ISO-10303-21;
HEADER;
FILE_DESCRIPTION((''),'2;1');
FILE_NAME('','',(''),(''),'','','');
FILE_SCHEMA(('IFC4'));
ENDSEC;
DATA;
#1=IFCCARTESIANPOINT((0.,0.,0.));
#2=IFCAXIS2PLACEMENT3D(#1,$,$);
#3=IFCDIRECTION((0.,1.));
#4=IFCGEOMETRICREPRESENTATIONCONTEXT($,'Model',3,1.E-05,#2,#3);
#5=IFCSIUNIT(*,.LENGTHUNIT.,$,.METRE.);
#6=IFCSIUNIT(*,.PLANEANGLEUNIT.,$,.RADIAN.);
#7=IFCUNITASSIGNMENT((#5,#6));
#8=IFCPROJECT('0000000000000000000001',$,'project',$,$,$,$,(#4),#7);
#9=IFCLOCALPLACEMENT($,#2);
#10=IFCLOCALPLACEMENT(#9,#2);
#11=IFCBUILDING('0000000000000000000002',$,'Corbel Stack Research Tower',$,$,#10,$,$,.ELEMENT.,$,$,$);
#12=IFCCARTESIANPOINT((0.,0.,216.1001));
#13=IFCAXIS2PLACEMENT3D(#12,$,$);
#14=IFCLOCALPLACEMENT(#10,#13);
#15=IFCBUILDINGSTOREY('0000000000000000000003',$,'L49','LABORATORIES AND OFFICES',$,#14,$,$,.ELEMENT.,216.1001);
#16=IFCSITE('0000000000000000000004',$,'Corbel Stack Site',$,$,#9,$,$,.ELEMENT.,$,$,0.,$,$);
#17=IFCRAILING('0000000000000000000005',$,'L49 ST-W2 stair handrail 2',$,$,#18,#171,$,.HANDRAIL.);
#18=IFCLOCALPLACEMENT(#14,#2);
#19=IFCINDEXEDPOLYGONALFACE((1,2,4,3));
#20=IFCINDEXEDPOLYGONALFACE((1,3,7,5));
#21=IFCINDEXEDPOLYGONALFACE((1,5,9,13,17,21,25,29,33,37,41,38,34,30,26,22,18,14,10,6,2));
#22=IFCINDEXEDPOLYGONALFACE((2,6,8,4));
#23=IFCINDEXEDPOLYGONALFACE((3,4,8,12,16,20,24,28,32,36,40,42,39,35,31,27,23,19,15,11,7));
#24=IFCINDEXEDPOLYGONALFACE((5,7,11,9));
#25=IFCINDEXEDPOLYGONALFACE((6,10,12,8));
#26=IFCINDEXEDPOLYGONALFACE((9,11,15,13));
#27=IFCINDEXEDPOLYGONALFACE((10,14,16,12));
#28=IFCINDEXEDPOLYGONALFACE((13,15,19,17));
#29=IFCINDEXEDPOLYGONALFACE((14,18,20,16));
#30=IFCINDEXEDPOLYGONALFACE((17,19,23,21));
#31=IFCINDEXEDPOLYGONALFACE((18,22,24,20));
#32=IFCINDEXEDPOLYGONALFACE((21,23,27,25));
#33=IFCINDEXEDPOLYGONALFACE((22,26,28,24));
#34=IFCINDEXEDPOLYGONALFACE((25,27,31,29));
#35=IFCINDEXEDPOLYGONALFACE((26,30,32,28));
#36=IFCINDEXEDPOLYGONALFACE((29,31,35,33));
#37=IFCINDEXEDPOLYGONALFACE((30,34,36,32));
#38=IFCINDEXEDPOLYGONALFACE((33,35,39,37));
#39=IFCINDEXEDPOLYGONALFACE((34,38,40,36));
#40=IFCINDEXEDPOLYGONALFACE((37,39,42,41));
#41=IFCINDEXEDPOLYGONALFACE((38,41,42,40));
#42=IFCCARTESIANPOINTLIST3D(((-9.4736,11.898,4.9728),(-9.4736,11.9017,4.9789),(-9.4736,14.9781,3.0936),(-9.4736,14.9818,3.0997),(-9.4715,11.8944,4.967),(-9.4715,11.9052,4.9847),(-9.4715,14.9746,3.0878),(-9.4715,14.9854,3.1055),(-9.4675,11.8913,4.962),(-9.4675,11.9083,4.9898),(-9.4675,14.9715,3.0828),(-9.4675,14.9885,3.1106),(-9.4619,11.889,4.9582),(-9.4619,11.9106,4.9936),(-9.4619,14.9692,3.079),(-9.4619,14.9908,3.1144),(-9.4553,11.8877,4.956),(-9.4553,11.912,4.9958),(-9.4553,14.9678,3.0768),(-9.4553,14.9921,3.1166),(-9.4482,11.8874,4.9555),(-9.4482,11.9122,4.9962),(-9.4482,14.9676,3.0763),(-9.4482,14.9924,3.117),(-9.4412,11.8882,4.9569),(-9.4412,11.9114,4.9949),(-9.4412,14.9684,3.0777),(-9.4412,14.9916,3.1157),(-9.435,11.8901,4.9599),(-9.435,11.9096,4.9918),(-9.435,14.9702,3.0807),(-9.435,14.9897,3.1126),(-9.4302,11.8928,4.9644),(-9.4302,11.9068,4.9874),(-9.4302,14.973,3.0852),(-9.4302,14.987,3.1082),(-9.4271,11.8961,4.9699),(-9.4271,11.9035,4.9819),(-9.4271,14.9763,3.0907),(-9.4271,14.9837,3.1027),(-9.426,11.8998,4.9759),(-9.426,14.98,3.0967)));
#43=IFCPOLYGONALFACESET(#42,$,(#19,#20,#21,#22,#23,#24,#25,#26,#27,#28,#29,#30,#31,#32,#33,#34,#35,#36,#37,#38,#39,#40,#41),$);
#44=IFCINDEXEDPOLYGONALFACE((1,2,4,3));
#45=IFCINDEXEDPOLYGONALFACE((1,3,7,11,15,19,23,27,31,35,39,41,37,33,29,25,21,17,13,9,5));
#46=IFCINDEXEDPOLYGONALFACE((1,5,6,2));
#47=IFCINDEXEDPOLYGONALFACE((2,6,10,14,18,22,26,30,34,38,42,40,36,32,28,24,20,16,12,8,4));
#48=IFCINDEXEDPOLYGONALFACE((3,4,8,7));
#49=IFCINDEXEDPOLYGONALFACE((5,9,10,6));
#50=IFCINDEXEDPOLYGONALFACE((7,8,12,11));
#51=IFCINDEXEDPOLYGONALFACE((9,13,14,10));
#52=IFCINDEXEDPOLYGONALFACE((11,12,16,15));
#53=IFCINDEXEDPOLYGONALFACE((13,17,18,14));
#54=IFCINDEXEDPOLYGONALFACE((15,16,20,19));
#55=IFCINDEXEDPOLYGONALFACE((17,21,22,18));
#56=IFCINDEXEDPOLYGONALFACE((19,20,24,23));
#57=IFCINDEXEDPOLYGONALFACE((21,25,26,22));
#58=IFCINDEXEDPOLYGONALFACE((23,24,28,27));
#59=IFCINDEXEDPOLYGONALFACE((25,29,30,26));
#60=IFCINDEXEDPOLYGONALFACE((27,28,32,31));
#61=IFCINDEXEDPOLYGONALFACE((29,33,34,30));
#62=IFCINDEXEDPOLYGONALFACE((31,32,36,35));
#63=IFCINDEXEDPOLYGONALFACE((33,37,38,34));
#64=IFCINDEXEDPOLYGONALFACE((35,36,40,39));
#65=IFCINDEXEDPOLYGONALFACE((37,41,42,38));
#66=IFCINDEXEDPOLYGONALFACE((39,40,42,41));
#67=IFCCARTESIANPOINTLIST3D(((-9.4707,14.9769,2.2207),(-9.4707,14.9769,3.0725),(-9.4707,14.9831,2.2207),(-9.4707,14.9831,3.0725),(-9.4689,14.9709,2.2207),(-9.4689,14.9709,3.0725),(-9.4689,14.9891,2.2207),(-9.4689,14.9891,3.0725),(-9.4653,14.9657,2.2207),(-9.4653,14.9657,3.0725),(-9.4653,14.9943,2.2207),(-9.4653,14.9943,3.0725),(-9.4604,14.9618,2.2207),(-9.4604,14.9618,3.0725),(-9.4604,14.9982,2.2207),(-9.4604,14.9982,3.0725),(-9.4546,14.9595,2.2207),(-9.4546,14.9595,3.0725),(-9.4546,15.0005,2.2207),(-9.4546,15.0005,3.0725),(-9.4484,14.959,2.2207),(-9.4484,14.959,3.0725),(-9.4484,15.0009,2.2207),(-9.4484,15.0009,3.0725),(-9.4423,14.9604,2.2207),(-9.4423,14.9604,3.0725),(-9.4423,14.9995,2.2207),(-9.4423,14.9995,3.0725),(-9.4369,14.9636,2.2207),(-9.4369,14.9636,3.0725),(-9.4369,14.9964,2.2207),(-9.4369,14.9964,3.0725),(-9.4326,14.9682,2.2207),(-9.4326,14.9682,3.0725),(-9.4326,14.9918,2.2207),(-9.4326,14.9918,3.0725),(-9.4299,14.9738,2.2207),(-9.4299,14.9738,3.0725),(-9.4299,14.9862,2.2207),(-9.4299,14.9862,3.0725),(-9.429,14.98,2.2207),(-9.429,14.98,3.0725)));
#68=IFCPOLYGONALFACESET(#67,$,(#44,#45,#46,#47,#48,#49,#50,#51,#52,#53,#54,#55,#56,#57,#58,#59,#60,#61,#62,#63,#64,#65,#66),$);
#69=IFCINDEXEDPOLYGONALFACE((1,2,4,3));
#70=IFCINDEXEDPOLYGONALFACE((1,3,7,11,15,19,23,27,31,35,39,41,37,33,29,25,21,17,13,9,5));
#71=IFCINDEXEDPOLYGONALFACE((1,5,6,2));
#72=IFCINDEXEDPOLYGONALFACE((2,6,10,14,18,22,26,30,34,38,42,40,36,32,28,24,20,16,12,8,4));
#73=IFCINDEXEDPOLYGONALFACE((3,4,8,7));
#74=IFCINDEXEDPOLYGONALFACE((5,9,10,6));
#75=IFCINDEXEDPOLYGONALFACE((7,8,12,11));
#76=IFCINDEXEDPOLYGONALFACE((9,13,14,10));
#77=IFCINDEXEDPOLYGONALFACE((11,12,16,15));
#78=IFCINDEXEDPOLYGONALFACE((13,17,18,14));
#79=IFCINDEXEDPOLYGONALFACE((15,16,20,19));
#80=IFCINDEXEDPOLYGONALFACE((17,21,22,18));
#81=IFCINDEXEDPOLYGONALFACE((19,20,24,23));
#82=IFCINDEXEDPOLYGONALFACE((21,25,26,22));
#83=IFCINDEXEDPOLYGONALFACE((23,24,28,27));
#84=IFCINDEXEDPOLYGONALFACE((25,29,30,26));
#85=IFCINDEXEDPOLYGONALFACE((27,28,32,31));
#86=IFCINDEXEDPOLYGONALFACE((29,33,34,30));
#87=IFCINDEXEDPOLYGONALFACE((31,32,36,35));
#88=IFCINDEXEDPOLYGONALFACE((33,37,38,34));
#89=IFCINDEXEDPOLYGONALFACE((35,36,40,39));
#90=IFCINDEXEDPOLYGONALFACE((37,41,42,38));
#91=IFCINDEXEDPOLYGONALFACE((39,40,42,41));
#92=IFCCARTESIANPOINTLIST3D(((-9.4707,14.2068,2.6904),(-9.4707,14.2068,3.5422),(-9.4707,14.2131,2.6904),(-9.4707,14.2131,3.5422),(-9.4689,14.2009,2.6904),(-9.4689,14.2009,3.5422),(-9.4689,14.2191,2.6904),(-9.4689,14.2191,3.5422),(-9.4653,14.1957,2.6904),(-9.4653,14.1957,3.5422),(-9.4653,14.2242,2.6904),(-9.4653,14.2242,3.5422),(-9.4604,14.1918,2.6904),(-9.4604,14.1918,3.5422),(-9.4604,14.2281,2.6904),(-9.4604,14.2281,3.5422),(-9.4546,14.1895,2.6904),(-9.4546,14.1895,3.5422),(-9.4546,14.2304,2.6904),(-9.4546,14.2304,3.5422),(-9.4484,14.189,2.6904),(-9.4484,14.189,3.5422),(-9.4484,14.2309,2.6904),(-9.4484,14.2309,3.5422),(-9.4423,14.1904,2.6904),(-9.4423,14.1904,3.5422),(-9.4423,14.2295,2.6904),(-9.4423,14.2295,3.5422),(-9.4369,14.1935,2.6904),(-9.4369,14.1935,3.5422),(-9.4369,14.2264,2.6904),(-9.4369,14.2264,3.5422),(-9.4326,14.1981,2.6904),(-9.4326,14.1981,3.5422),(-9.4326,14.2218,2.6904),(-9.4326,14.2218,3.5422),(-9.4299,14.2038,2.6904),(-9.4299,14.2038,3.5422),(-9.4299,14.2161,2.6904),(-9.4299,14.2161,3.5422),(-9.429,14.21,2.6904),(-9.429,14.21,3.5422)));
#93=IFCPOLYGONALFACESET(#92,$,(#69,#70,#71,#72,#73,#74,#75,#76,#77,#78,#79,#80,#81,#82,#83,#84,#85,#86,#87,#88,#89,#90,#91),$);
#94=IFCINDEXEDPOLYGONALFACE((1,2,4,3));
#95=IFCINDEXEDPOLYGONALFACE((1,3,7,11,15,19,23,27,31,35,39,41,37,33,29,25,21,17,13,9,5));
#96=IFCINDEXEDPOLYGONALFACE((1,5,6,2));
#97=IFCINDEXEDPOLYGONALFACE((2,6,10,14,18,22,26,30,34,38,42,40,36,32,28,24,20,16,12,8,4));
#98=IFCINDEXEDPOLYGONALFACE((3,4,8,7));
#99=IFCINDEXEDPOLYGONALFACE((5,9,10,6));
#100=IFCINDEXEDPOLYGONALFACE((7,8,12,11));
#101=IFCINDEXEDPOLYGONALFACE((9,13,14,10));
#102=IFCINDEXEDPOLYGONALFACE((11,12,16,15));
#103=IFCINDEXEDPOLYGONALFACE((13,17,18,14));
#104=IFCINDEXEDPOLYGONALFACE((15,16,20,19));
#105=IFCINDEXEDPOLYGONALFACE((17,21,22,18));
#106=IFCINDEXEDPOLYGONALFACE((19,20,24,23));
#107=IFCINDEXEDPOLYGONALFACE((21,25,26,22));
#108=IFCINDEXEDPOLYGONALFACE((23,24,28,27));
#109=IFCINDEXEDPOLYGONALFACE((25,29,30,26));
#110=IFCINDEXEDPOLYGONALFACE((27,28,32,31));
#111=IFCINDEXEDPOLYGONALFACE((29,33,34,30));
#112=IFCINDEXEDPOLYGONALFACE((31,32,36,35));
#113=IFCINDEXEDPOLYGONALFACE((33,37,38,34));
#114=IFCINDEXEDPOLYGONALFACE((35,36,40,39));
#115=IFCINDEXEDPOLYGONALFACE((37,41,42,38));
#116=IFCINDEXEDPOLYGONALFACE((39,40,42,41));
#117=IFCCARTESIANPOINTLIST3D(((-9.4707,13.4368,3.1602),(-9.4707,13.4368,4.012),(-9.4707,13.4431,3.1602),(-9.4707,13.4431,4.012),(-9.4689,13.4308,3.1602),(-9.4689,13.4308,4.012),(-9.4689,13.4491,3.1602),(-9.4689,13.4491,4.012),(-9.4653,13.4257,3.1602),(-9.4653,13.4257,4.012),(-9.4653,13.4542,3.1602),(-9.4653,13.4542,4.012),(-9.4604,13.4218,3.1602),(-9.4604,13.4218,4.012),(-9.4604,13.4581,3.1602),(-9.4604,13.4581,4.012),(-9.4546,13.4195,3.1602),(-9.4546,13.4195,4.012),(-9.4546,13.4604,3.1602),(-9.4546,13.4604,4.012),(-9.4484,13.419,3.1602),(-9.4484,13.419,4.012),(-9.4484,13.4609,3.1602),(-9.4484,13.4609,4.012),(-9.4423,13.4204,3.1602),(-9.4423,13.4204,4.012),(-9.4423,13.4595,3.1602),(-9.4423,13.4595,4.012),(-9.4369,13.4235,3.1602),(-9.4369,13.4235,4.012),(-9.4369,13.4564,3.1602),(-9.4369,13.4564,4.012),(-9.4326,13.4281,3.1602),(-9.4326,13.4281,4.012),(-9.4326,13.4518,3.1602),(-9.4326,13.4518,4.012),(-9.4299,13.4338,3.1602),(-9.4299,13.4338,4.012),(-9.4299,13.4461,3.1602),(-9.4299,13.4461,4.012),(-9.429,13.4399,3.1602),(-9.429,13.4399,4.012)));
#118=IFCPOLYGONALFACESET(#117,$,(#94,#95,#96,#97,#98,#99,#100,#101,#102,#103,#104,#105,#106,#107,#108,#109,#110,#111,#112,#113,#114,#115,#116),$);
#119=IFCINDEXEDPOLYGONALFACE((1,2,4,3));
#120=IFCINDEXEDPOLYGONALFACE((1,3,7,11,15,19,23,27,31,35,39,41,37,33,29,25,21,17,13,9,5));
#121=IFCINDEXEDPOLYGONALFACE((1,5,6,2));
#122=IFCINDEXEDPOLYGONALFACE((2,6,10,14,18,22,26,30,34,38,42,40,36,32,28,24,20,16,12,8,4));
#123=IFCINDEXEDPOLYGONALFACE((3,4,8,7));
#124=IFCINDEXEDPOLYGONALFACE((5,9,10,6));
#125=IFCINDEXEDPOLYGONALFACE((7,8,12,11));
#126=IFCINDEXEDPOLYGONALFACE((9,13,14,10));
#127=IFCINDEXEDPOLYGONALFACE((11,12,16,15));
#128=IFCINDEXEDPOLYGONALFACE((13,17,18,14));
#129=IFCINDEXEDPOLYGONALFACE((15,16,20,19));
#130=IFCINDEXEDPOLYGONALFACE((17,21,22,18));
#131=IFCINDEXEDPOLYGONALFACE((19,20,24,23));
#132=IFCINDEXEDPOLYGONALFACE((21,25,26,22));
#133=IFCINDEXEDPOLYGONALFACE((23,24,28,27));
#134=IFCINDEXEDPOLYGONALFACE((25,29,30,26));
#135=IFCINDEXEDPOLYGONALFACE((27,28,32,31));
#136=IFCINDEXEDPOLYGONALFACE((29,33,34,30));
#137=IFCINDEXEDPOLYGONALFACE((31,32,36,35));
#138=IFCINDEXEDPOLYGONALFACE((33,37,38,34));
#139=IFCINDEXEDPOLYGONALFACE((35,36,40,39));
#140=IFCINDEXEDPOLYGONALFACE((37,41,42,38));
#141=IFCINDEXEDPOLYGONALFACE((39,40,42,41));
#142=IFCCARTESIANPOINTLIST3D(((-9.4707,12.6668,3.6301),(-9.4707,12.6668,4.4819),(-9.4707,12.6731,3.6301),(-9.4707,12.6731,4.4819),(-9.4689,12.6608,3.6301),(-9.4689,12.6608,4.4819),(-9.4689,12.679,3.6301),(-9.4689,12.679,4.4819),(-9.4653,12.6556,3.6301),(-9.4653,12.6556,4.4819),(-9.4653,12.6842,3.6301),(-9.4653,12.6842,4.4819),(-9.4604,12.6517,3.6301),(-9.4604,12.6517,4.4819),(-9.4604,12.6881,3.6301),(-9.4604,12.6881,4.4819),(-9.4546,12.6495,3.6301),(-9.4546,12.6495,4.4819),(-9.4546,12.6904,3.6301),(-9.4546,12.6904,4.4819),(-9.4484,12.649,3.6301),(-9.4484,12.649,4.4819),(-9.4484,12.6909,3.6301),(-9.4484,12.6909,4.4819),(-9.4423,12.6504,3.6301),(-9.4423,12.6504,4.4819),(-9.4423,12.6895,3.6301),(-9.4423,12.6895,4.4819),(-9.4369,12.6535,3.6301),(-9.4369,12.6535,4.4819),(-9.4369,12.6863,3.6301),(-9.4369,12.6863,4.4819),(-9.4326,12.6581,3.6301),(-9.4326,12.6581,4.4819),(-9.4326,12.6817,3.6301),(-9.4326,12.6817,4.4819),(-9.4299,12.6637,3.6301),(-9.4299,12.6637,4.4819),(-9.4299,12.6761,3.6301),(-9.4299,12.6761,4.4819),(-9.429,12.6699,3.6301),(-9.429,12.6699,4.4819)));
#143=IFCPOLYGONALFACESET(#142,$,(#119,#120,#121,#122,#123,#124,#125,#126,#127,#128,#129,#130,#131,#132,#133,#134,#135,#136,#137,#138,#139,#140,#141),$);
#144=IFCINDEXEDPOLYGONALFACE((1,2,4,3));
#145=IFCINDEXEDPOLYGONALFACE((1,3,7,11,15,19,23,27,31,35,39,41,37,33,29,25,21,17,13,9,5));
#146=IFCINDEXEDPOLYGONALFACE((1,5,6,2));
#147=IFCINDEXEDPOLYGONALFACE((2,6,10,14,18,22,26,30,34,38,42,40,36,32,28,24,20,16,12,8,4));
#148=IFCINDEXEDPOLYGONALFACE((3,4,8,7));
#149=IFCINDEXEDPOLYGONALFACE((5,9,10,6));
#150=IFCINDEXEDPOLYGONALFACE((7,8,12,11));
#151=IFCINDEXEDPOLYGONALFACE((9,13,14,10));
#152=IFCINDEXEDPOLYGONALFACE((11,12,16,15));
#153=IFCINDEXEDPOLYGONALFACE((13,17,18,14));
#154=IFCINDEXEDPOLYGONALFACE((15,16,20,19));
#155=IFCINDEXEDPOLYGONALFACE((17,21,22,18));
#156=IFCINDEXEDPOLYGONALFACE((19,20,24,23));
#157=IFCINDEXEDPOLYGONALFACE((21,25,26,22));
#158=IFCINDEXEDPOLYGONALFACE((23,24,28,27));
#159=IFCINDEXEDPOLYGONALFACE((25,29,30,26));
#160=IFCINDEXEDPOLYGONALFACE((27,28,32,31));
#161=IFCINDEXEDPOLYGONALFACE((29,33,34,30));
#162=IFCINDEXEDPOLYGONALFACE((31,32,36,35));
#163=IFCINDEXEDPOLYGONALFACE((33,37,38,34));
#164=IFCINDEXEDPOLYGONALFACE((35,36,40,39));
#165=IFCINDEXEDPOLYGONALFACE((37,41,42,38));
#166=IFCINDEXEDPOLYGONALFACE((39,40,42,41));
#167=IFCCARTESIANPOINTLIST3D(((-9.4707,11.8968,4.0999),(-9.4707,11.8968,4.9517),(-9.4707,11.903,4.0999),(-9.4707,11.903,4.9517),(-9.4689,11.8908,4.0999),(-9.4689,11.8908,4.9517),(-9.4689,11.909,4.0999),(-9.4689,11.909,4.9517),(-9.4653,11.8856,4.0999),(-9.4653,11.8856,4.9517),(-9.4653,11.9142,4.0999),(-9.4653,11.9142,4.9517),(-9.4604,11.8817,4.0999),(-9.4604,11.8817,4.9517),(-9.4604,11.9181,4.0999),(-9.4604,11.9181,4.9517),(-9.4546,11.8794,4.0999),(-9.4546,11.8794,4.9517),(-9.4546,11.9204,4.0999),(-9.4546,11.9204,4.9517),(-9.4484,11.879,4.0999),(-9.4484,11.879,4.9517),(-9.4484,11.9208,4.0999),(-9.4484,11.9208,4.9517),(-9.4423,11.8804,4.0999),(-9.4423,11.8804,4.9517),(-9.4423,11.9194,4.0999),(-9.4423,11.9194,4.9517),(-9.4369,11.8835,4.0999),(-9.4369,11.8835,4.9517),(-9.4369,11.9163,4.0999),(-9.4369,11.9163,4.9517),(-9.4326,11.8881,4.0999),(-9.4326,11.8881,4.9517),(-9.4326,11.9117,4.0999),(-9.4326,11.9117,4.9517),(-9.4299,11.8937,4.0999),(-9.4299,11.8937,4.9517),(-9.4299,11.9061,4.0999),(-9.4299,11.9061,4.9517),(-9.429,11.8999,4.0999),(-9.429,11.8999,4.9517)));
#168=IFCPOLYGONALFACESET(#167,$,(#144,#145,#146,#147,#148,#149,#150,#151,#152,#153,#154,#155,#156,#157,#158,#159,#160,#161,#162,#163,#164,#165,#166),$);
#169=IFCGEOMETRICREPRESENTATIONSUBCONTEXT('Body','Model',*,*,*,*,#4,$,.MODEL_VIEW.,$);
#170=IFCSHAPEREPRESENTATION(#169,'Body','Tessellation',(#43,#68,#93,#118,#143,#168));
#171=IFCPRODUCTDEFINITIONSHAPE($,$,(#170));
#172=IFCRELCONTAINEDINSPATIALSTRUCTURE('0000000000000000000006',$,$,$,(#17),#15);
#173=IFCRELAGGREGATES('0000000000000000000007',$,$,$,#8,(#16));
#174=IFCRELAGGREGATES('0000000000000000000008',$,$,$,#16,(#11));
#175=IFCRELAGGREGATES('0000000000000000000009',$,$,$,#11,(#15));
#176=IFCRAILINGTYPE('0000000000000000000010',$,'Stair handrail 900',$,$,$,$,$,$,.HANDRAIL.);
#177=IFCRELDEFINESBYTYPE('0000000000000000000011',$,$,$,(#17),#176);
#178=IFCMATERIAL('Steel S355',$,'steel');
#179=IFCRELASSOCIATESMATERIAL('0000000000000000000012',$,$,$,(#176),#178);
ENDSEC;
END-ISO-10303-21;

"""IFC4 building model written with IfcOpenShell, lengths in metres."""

from ifc_helpers import new_model, si_unit, direction, frame, origin, origin_2d, place, context, subcontext, project, spatial, circle, extrude, material, type_object, element, save


model = new_model("IFC4")

# Units and contexts
model_context = context("Model", 3, precision=1e-05, world=origin(), true_north=direction((0.0, 1.0)))
body_context = subcontext(model_context, "Body", "Model", "MODEL_VIEW")
ifc_project = project(units=[si_unit("LENGTHUNIT", "METRE"), si_unit("PLANEANGLEUNIT", "RADIAN")], contexts=[model_context])

# Site, building, storey
site_placement = place(None, origin())
site = spatial("IfcSite", under=ifc_project, at=site_placement, Name="Corbel Stack Site", CompositionType="ELEMENT", RefElevation=0.0)
building_placement = place(site_placement, origin())
building = spatial("IfcBuilding", under=site, at=building_placement, Name="Corbel Stack Research Tower", CompositionType="ELEMENT")
storey_placement = place(building_placement, frame((0.0, 0.0, 216.1001)))
storey = spatial("IfcBuildingStorey", under=building, at=storey_placement, Name="L49", Description="LABORATORIES AND OFFICES", CompositionType="ELEMENT", Elevation=216.1001)

# Railing
ifc_material_1 = material(Name="Steel S355", Category="steel")
railing_type_1 = type_object("IfcRailingType", Name="Stair handrail 900", PredefinedType="HANDRAIL", material=ifc_material_1)
railing_1_placement = place(storey_placement, frame((-9.45, 14.98, 2.2207)))
element("IfcRailing", 1, at=railing_1_placement, inside=storey, type_object=railing_type_1, Name="L49 ST-W2 stair handrail 2", PredefinedType="HANDRAIL", context=body_context, shape_type="SweptSolid", body=[
    extrude(circle(Radius=0.0239, at=origin_2d()), frame((0.0, 0.0, 0.876), z_axis=(0.0, -0.853666, 0.52082), x_axis=(1.0, 0.0, 0.0)), (0.0, 0.0, 1.0), 3.6082),
    extrude(circle(Radius=0.021, at=origin_2d()), origin(), (0.0, 0.0, 1.0), 0.8518),
    extrude(circle(Radius=0.021, at=origin_2d()), frame((0.0, -0.77, 0.4697)), (0.0, 0.0, 1.0), 0.8518),
    extrude(circle(Radius=0.021, at=origin_2d()), frame((0.0, -1.54, 0.9395)), (0.0, 0.0, 1.0), 0.8518),
    extrude(circle(Radius=0.021, at=origin_2d()), frame((0.0, -2.3101, 1.4094)), (0.0, 0.0, 1.0), 0.8518),
    extrude(circle(Radius=0.021, at=origin_2d()), frame((0.0, -3.0801, 1.8792)), (0.0, 0.0, 1.0), 0.8518),
])

save(model, "model.ifc")
